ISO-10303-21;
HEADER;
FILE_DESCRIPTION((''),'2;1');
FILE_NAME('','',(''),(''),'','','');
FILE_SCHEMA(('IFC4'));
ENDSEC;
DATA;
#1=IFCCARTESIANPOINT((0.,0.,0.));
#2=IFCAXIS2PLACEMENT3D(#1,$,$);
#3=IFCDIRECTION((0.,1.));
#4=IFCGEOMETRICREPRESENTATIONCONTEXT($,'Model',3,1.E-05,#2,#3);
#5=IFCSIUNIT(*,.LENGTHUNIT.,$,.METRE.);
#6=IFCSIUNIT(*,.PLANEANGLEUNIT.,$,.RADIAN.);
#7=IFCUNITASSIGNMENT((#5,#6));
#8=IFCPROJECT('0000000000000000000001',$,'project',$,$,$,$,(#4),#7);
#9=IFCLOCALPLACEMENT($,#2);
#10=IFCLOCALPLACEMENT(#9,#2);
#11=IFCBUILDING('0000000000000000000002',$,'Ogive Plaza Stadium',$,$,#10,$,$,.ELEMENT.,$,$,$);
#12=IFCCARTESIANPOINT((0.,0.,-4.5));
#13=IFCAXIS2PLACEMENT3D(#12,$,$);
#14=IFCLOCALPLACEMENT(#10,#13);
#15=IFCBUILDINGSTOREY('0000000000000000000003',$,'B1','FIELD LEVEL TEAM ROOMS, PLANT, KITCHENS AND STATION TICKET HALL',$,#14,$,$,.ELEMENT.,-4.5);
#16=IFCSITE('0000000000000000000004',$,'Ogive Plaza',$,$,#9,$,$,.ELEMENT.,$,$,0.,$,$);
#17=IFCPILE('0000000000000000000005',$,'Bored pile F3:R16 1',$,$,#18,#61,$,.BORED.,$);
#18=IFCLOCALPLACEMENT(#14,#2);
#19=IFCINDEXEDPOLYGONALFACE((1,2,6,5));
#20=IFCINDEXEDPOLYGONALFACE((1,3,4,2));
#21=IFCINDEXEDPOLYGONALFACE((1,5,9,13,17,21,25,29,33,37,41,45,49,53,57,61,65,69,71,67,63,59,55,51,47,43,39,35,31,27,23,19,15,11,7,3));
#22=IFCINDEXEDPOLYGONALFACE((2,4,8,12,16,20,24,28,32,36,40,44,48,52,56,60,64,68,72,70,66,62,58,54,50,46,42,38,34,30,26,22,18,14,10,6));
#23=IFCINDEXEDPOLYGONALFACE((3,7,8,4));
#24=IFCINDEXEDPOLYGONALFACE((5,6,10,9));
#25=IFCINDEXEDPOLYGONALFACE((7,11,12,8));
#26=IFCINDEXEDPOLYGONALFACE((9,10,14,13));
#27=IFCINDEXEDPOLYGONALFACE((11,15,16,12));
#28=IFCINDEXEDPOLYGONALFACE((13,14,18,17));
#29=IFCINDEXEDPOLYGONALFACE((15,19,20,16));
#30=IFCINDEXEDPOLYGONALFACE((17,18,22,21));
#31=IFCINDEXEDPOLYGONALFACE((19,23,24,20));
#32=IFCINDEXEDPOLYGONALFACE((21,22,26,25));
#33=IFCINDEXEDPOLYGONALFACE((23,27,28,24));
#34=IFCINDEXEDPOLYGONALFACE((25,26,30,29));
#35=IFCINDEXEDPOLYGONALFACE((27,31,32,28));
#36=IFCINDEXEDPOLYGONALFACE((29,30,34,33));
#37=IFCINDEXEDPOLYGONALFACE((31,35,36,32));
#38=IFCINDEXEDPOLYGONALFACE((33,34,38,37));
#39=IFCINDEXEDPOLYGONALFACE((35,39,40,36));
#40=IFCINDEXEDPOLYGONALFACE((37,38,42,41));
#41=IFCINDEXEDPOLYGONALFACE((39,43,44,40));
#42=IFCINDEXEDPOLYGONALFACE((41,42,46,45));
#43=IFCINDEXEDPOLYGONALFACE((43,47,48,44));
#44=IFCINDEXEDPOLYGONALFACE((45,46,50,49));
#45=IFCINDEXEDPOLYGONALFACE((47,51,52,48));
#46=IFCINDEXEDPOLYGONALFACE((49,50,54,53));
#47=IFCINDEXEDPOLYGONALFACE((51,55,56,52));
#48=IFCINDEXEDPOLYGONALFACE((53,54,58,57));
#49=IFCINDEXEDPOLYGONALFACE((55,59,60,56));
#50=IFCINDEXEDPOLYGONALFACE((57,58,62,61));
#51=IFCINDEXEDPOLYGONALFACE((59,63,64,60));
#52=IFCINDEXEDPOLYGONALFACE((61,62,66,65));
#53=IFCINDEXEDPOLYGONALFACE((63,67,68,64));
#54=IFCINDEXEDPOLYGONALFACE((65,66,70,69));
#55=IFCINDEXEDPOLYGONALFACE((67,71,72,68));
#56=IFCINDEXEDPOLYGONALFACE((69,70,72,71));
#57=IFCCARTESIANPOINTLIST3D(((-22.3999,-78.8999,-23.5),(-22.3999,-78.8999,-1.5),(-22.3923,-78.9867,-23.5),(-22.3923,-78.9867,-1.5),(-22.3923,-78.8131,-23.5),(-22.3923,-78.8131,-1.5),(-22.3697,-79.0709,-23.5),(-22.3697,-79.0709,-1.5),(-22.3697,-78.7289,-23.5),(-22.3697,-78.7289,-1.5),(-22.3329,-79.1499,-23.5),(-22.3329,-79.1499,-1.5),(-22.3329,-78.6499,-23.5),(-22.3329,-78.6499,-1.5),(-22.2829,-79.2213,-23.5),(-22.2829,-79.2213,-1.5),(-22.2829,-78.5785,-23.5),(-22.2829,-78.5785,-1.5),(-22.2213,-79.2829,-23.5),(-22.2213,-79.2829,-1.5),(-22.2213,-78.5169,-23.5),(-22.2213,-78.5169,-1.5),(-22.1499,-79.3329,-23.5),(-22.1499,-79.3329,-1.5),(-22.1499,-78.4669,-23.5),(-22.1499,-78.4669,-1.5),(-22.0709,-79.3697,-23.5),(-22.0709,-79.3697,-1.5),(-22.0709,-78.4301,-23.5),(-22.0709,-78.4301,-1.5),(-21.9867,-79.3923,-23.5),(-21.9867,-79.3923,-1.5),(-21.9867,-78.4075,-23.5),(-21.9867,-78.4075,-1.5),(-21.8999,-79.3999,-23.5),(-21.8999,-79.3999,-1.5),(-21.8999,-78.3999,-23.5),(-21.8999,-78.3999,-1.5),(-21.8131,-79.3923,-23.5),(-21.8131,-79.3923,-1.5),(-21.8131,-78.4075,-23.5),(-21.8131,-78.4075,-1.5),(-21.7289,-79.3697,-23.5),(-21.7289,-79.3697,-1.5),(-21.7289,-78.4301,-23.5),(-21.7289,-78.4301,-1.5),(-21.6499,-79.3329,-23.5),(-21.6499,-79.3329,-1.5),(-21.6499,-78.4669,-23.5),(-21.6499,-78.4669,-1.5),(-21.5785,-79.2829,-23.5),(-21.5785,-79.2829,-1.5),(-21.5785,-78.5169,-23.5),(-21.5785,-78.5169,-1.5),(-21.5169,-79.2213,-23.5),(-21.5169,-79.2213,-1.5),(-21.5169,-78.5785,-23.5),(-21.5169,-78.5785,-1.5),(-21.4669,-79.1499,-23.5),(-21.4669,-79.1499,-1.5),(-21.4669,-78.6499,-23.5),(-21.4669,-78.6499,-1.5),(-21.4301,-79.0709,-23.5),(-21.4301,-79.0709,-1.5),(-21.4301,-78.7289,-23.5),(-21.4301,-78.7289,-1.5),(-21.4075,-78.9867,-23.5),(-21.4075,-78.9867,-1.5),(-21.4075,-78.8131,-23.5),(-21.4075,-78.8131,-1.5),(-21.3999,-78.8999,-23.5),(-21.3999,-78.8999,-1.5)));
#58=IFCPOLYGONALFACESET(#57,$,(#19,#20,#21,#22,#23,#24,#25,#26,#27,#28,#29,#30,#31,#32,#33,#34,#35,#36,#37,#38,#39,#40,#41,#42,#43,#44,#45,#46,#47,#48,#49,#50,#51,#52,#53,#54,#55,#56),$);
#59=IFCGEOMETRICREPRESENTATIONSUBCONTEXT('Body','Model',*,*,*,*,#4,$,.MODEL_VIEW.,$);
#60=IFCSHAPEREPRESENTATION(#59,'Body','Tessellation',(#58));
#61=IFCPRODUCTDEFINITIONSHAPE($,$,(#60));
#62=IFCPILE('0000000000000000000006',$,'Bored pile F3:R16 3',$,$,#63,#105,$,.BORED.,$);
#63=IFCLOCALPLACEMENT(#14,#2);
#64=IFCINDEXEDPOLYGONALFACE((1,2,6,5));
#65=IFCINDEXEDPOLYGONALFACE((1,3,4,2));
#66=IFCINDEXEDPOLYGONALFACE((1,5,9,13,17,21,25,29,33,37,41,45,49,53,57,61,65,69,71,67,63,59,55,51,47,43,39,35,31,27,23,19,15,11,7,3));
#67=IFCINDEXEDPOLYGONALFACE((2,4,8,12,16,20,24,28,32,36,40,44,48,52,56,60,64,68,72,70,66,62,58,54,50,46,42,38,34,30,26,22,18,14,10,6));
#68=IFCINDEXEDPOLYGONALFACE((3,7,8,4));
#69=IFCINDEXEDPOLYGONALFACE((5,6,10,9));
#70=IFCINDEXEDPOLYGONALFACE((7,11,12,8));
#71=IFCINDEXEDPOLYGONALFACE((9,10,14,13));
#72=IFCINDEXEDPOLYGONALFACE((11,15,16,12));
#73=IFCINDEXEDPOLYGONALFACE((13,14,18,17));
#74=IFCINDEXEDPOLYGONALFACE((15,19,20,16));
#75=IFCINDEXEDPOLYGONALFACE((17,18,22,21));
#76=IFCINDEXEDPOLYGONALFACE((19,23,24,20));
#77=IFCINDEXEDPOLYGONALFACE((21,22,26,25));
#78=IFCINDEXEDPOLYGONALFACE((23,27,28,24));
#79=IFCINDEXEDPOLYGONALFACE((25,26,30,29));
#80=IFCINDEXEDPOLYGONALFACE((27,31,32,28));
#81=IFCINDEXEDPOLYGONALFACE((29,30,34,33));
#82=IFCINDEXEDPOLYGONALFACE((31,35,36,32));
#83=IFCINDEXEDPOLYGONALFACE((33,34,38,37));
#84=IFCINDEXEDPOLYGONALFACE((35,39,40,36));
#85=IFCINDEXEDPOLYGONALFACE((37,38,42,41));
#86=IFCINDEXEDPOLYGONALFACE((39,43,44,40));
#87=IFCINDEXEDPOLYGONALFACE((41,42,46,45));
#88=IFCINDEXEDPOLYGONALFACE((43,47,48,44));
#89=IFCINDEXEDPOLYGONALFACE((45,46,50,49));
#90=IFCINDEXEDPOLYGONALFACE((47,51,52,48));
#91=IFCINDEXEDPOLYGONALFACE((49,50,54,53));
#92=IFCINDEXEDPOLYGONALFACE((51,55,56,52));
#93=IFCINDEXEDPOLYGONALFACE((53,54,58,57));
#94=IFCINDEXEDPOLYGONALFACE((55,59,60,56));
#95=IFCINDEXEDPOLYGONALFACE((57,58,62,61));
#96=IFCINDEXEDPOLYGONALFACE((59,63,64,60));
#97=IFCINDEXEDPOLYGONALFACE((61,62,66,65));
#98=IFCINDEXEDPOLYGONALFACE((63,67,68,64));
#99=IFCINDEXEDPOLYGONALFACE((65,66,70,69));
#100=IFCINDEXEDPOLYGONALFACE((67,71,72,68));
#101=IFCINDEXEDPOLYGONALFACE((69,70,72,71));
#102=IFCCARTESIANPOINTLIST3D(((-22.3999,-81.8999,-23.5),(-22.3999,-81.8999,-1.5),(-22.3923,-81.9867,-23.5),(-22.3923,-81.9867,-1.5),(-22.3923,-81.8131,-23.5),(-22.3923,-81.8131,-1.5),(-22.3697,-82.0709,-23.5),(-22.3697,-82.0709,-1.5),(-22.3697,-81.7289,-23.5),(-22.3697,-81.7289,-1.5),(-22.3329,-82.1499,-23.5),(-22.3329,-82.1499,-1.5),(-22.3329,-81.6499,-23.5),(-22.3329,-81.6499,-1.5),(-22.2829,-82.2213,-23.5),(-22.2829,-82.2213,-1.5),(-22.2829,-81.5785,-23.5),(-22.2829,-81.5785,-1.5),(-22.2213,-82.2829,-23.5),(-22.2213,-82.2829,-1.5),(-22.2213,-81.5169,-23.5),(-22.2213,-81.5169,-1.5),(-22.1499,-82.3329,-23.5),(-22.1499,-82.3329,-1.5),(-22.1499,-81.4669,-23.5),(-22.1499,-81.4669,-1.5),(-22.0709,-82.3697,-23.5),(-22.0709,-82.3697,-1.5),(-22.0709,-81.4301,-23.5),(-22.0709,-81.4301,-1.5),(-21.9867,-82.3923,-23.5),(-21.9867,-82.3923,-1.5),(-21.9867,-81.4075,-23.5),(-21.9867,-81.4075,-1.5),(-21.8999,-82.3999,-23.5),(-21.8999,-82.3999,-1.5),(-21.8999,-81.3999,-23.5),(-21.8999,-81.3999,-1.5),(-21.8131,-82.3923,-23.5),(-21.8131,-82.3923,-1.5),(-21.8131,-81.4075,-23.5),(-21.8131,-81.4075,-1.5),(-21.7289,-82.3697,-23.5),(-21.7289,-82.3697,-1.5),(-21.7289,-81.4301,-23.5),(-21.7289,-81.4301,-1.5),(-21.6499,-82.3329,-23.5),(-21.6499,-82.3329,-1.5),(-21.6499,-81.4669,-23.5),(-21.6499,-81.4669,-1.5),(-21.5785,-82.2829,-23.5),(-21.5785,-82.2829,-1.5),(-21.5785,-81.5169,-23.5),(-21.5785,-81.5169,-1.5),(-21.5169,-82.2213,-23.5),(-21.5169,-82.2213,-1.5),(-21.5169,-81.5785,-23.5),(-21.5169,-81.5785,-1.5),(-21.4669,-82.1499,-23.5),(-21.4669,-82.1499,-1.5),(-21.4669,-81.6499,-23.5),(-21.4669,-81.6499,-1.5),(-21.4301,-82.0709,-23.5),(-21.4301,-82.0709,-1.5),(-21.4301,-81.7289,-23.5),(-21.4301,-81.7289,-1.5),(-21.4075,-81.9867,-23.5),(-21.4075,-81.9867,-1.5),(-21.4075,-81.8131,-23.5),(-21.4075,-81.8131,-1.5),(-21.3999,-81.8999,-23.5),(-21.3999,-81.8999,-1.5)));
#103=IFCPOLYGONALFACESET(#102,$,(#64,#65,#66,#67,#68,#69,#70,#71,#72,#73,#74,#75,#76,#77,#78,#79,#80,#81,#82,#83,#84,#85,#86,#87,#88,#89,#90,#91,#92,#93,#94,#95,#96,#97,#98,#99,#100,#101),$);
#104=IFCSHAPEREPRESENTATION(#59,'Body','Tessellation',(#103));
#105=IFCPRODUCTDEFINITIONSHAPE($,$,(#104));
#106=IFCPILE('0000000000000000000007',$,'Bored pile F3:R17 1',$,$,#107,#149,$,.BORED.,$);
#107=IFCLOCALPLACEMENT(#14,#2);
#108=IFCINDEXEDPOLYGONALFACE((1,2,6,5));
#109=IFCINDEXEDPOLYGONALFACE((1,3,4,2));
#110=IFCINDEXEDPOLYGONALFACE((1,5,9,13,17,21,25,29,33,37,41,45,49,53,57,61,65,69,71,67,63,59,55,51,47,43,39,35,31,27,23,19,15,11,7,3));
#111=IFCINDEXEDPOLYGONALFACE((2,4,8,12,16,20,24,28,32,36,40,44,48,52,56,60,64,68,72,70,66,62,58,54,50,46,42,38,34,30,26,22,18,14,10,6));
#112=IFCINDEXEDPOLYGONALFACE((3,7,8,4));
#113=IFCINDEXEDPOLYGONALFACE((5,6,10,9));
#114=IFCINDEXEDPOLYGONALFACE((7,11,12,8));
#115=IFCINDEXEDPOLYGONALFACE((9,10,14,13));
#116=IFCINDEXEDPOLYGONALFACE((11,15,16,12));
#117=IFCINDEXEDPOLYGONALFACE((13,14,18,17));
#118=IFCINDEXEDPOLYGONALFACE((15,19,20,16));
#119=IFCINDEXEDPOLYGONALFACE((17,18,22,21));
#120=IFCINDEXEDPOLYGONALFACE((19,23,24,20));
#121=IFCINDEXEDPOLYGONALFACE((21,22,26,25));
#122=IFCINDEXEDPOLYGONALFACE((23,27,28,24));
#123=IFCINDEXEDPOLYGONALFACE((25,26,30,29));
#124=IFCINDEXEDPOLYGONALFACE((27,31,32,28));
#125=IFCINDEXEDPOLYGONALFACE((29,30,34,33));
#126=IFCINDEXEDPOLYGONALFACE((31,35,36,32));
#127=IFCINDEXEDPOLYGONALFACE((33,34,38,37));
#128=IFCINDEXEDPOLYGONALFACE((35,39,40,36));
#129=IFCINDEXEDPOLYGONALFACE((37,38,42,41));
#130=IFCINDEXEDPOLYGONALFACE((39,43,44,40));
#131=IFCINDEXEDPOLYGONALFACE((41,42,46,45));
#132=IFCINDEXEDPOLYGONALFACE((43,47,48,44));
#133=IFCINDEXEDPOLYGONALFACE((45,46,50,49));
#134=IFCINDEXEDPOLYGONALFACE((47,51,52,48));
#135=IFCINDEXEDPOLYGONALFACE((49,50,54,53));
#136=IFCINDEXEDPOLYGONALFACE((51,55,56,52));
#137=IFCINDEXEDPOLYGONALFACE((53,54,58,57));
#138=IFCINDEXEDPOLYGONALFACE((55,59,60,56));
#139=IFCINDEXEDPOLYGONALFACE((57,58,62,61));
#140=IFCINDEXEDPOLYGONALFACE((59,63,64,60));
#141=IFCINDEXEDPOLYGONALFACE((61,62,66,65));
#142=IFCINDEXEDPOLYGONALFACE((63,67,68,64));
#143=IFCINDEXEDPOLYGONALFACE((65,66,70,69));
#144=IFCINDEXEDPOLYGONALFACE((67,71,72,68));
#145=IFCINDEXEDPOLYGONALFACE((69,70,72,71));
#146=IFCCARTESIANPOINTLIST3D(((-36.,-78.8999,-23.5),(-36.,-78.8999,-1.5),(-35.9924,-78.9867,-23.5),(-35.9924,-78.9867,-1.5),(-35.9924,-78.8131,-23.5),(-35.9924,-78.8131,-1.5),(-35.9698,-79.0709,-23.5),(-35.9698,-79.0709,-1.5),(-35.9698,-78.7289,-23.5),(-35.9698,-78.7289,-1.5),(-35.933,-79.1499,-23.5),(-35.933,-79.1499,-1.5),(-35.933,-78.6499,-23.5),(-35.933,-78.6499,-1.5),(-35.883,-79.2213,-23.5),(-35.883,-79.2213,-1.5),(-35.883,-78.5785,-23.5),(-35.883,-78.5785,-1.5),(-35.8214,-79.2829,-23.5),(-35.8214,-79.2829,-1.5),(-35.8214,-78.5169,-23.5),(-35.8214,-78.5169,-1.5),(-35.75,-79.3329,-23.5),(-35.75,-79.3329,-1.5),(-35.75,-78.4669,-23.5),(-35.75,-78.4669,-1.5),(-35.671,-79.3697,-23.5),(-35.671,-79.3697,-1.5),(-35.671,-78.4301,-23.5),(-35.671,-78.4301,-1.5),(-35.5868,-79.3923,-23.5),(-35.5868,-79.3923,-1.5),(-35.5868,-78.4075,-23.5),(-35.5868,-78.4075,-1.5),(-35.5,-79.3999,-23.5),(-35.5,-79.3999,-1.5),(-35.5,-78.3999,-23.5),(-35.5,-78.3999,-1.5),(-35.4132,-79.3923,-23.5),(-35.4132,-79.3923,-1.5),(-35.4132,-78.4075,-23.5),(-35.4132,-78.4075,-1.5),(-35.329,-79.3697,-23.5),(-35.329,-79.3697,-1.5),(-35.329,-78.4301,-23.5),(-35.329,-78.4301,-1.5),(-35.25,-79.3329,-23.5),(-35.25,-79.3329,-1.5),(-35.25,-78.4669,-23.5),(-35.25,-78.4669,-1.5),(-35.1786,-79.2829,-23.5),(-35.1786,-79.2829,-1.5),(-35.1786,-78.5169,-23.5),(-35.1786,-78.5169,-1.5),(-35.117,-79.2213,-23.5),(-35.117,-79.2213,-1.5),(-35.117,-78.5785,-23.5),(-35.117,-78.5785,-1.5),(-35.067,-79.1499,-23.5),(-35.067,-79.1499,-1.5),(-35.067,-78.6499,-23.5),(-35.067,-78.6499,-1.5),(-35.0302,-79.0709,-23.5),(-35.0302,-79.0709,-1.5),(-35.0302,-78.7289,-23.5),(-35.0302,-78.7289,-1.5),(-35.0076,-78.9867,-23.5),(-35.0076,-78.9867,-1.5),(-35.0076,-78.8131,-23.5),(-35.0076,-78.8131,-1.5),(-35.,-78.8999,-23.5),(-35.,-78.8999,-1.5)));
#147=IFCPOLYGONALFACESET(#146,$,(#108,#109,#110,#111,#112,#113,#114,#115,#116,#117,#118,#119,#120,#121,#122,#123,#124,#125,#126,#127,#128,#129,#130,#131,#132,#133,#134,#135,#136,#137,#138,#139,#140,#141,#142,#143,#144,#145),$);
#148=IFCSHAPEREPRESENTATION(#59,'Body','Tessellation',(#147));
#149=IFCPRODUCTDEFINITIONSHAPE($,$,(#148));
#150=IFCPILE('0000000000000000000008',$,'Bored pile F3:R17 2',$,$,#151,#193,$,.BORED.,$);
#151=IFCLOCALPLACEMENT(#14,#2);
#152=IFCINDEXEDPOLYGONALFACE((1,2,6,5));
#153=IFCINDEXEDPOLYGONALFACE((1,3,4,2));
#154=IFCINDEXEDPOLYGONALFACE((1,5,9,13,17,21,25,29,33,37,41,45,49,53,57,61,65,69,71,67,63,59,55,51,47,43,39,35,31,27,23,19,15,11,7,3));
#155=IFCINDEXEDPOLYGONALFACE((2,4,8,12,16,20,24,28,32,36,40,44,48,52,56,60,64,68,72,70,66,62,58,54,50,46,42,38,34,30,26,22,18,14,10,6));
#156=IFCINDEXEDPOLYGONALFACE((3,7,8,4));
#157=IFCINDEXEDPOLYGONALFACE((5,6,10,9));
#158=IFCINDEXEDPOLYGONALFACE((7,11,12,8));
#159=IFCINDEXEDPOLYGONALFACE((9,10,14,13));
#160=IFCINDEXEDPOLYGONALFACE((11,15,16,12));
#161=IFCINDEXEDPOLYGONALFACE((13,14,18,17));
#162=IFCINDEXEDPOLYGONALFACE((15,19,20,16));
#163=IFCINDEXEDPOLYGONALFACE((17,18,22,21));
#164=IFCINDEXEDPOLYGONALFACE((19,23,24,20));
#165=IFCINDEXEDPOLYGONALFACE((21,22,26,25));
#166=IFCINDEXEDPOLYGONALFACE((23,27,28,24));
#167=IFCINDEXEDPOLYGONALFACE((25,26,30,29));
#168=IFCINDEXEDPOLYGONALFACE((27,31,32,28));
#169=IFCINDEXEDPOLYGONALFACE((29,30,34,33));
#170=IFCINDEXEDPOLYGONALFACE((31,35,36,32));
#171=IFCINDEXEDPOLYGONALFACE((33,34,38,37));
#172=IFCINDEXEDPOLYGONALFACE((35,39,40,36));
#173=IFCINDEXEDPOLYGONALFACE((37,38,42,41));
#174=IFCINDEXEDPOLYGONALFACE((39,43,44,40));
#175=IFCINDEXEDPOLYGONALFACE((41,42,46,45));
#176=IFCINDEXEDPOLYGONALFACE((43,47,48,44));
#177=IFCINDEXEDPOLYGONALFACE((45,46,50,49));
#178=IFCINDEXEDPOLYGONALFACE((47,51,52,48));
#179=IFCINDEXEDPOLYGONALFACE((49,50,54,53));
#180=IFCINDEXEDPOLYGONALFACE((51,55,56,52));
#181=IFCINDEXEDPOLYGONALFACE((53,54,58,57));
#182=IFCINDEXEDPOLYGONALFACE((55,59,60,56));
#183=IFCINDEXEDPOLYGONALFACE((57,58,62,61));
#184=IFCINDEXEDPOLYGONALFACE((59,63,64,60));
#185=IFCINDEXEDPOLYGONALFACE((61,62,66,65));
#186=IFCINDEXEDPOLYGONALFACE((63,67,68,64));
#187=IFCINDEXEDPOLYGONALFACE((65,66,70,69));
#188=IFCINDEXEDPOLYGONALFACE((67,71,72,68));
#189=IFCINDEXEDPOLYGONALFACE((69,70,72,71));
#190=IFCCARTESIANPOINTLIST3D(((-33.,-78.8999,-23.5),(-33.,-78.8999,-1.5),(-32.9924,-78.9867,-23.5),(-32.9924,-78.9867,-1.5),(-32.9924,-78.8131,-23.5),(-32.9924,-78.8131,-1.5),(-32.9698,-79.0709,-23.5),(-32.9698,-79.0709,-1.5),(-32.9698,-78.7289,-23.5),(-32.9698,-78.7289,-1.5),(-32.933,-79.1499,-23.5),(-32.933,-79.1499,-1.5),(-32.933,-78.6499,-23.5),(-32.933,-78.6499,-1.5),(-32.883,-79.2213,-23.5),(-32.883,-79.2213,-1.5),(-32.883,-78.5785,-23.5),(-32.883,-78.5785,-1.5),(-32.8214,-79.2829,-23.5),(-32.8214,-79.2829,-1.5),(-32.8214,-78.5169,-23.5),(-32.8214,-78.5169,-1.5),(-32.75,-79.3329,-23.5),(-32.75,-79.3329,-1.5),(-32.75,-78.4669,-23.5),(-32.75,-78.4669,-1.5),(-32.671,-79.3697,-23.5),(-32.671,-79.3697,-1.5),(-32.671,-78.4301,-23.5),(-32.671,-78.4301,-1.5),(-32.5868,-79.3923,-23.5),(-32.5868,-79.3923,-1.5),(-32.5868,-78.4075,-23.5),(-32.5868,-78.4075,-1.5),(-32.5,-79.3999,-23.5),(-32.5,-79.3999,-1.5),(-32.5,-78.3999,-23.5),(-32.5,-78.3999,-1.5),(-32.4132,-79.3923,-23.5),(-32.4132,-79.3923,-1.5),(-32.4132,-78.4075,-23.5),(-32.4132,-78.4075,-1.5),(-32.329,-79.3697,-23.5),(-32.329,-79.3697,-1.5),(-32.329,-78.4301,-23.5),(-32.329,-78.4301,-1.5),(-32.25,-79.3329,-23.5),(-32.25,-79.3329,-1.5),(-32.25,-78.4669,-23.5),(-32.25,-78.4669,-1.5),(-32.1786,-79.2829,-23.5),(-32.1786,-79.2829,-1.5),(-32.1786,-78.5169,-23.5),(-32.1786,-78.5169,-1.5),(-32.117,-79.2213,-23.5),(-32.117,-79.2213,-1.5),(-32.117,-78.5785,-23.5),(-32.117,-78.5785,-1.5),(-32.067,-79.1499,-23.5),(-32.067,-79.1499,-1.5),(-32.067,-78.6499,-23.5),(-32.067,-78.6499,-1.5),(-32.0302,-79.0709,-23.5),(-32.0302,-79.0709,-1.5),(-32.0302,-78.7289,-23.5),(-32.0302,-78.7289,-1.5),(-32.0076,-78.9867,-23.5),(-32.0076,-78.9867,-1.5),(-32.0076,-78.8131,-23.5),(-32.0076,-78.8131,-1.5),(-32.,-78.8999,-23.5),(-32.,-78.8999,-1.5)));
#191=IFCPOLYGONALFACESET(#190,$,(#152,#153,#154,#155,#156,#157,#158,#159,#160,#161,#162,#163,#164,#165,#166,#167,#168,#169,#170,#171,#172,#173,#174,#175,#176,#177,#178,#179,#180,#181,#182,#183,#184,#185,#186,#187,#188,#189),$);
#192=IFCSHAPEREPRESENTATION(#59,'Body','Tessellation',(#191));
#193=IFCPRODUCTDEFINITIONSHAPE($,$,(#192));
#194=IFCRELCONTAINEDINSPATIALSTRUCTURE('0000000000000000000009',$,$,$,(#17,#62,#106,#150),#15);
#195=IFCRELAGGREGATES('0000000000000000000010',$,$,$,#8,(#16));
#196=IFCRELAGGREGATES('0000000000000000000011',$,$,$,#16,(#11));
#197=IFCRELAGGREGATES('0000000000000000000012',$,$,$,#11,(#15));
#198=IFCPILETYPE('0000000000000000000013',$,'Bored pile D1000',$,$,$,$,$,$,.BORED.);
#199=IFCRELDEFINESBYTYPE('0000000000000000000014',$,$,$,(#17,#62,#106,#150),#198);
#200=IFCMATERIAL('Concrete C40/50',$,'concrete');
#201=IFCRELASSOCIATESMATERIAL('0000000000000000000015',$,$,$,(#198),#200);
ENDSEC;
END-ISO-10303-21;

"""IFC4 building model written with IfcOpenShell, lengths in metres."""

from ifc_helpers import new_model, si_unit, direction, frame, origin, origin_2d, place, context, subcontext, project, spatial, circle, extrude, material, material_profile, profile_set, type_object, element, save


model = new_model("IFC4")

# Units and contexts
model_context = context("Model", 3, precision=1e-05, world=origin(), true_north=direction((0.0, 1.0)))
body_context = subcontext(model_context, "Body", "Model", "MODEL_VIEW")
ifc_project = project(units=[si_unit("LENGTHUNIT", "METRE"), si_unit("PLANEANGLEUNIT", "RADIAN")], contexts=[model_context])

# Site, building, storey
site_placement = place(None, origin())
site = spatial("IfcSite", under=ifc_project, at=site_placement, Name="Ogive Plaza", CompositionType="ELEMENT", RefElevation=0.0)
building_placement = place(site_placement, origin())
building = spatial("IfcBuilding", under=site, at=building_placement, Name="Ogive Plaza Stadium", CompositionType="ELEMENT")
storey_placement = place(building_placement, frame((0.0, 0.0, -4.5)))
storey = spatial("IfcBuildingStorey", under=building, at=storey_placement, Name="B1", Description="FIELD LEVEL TEAM ROOMS, PLANT, KITCHENS AND STATION TICKET HALL", CompositionType="ELEMENT", Elevation=-4.5)

# Piles
ifc_material_1 = material(Name="Concrete C40/50", Category="concrete")
ifc_material_profile_1 = material_profile(ifc_material_1, circle(Radius=0.5, at=origin_2d()), Name="RC D1000")
ifc_profile_set_1 = profile_set([ifc_material_profile_1], Name="Concrete C40/50")
pile_type_1 = type_object("IfcPileType", Name="Bored pile D1000", PredefinedType="BORED", material=ifc_profile_set_1)
for number, where, z_axis, x_axis, name in (
    (1, (-21.8999, -78.8999, -1.5), (0.0, 0.0, -1.0), (1.0, 0.0, 0.0), "Bored pile F3:R16 1"),
    (2, (-21.8999, -81.8999, -1.5), (0.0, 0.0, -1.0), (1.0, 0.0, 0.0), "Bored pile F3:R16 3"),
    (3, (-35.5, -78.8999, -1.5), (0.0, 0.0, -1.0), (1.0, 0.0, 0.0), "Bored pile F3:R17 1"),
    (4, (-32.5, -78.8999, -1.5), (0.0, 0.0, -1.0), (1.0, 0.0, 0.0), "Bored pile F3:R17 2"),
):
    element("IfcPile", number, at=place(storey_placement, frame(where, z_axis=z_axis, x_axis=x_axis)), inside=storey, type_object=pile_type_1, Name=name, PredefinedType="BORED", context=body_context, shape_type="SweptSolid", body=[
        extrude(circle(Radius=0.5, at=origin_2d()), origin(), (0.0, 0.0, 1.0), 22.0),
    ])

save(model, "model.ifc")
